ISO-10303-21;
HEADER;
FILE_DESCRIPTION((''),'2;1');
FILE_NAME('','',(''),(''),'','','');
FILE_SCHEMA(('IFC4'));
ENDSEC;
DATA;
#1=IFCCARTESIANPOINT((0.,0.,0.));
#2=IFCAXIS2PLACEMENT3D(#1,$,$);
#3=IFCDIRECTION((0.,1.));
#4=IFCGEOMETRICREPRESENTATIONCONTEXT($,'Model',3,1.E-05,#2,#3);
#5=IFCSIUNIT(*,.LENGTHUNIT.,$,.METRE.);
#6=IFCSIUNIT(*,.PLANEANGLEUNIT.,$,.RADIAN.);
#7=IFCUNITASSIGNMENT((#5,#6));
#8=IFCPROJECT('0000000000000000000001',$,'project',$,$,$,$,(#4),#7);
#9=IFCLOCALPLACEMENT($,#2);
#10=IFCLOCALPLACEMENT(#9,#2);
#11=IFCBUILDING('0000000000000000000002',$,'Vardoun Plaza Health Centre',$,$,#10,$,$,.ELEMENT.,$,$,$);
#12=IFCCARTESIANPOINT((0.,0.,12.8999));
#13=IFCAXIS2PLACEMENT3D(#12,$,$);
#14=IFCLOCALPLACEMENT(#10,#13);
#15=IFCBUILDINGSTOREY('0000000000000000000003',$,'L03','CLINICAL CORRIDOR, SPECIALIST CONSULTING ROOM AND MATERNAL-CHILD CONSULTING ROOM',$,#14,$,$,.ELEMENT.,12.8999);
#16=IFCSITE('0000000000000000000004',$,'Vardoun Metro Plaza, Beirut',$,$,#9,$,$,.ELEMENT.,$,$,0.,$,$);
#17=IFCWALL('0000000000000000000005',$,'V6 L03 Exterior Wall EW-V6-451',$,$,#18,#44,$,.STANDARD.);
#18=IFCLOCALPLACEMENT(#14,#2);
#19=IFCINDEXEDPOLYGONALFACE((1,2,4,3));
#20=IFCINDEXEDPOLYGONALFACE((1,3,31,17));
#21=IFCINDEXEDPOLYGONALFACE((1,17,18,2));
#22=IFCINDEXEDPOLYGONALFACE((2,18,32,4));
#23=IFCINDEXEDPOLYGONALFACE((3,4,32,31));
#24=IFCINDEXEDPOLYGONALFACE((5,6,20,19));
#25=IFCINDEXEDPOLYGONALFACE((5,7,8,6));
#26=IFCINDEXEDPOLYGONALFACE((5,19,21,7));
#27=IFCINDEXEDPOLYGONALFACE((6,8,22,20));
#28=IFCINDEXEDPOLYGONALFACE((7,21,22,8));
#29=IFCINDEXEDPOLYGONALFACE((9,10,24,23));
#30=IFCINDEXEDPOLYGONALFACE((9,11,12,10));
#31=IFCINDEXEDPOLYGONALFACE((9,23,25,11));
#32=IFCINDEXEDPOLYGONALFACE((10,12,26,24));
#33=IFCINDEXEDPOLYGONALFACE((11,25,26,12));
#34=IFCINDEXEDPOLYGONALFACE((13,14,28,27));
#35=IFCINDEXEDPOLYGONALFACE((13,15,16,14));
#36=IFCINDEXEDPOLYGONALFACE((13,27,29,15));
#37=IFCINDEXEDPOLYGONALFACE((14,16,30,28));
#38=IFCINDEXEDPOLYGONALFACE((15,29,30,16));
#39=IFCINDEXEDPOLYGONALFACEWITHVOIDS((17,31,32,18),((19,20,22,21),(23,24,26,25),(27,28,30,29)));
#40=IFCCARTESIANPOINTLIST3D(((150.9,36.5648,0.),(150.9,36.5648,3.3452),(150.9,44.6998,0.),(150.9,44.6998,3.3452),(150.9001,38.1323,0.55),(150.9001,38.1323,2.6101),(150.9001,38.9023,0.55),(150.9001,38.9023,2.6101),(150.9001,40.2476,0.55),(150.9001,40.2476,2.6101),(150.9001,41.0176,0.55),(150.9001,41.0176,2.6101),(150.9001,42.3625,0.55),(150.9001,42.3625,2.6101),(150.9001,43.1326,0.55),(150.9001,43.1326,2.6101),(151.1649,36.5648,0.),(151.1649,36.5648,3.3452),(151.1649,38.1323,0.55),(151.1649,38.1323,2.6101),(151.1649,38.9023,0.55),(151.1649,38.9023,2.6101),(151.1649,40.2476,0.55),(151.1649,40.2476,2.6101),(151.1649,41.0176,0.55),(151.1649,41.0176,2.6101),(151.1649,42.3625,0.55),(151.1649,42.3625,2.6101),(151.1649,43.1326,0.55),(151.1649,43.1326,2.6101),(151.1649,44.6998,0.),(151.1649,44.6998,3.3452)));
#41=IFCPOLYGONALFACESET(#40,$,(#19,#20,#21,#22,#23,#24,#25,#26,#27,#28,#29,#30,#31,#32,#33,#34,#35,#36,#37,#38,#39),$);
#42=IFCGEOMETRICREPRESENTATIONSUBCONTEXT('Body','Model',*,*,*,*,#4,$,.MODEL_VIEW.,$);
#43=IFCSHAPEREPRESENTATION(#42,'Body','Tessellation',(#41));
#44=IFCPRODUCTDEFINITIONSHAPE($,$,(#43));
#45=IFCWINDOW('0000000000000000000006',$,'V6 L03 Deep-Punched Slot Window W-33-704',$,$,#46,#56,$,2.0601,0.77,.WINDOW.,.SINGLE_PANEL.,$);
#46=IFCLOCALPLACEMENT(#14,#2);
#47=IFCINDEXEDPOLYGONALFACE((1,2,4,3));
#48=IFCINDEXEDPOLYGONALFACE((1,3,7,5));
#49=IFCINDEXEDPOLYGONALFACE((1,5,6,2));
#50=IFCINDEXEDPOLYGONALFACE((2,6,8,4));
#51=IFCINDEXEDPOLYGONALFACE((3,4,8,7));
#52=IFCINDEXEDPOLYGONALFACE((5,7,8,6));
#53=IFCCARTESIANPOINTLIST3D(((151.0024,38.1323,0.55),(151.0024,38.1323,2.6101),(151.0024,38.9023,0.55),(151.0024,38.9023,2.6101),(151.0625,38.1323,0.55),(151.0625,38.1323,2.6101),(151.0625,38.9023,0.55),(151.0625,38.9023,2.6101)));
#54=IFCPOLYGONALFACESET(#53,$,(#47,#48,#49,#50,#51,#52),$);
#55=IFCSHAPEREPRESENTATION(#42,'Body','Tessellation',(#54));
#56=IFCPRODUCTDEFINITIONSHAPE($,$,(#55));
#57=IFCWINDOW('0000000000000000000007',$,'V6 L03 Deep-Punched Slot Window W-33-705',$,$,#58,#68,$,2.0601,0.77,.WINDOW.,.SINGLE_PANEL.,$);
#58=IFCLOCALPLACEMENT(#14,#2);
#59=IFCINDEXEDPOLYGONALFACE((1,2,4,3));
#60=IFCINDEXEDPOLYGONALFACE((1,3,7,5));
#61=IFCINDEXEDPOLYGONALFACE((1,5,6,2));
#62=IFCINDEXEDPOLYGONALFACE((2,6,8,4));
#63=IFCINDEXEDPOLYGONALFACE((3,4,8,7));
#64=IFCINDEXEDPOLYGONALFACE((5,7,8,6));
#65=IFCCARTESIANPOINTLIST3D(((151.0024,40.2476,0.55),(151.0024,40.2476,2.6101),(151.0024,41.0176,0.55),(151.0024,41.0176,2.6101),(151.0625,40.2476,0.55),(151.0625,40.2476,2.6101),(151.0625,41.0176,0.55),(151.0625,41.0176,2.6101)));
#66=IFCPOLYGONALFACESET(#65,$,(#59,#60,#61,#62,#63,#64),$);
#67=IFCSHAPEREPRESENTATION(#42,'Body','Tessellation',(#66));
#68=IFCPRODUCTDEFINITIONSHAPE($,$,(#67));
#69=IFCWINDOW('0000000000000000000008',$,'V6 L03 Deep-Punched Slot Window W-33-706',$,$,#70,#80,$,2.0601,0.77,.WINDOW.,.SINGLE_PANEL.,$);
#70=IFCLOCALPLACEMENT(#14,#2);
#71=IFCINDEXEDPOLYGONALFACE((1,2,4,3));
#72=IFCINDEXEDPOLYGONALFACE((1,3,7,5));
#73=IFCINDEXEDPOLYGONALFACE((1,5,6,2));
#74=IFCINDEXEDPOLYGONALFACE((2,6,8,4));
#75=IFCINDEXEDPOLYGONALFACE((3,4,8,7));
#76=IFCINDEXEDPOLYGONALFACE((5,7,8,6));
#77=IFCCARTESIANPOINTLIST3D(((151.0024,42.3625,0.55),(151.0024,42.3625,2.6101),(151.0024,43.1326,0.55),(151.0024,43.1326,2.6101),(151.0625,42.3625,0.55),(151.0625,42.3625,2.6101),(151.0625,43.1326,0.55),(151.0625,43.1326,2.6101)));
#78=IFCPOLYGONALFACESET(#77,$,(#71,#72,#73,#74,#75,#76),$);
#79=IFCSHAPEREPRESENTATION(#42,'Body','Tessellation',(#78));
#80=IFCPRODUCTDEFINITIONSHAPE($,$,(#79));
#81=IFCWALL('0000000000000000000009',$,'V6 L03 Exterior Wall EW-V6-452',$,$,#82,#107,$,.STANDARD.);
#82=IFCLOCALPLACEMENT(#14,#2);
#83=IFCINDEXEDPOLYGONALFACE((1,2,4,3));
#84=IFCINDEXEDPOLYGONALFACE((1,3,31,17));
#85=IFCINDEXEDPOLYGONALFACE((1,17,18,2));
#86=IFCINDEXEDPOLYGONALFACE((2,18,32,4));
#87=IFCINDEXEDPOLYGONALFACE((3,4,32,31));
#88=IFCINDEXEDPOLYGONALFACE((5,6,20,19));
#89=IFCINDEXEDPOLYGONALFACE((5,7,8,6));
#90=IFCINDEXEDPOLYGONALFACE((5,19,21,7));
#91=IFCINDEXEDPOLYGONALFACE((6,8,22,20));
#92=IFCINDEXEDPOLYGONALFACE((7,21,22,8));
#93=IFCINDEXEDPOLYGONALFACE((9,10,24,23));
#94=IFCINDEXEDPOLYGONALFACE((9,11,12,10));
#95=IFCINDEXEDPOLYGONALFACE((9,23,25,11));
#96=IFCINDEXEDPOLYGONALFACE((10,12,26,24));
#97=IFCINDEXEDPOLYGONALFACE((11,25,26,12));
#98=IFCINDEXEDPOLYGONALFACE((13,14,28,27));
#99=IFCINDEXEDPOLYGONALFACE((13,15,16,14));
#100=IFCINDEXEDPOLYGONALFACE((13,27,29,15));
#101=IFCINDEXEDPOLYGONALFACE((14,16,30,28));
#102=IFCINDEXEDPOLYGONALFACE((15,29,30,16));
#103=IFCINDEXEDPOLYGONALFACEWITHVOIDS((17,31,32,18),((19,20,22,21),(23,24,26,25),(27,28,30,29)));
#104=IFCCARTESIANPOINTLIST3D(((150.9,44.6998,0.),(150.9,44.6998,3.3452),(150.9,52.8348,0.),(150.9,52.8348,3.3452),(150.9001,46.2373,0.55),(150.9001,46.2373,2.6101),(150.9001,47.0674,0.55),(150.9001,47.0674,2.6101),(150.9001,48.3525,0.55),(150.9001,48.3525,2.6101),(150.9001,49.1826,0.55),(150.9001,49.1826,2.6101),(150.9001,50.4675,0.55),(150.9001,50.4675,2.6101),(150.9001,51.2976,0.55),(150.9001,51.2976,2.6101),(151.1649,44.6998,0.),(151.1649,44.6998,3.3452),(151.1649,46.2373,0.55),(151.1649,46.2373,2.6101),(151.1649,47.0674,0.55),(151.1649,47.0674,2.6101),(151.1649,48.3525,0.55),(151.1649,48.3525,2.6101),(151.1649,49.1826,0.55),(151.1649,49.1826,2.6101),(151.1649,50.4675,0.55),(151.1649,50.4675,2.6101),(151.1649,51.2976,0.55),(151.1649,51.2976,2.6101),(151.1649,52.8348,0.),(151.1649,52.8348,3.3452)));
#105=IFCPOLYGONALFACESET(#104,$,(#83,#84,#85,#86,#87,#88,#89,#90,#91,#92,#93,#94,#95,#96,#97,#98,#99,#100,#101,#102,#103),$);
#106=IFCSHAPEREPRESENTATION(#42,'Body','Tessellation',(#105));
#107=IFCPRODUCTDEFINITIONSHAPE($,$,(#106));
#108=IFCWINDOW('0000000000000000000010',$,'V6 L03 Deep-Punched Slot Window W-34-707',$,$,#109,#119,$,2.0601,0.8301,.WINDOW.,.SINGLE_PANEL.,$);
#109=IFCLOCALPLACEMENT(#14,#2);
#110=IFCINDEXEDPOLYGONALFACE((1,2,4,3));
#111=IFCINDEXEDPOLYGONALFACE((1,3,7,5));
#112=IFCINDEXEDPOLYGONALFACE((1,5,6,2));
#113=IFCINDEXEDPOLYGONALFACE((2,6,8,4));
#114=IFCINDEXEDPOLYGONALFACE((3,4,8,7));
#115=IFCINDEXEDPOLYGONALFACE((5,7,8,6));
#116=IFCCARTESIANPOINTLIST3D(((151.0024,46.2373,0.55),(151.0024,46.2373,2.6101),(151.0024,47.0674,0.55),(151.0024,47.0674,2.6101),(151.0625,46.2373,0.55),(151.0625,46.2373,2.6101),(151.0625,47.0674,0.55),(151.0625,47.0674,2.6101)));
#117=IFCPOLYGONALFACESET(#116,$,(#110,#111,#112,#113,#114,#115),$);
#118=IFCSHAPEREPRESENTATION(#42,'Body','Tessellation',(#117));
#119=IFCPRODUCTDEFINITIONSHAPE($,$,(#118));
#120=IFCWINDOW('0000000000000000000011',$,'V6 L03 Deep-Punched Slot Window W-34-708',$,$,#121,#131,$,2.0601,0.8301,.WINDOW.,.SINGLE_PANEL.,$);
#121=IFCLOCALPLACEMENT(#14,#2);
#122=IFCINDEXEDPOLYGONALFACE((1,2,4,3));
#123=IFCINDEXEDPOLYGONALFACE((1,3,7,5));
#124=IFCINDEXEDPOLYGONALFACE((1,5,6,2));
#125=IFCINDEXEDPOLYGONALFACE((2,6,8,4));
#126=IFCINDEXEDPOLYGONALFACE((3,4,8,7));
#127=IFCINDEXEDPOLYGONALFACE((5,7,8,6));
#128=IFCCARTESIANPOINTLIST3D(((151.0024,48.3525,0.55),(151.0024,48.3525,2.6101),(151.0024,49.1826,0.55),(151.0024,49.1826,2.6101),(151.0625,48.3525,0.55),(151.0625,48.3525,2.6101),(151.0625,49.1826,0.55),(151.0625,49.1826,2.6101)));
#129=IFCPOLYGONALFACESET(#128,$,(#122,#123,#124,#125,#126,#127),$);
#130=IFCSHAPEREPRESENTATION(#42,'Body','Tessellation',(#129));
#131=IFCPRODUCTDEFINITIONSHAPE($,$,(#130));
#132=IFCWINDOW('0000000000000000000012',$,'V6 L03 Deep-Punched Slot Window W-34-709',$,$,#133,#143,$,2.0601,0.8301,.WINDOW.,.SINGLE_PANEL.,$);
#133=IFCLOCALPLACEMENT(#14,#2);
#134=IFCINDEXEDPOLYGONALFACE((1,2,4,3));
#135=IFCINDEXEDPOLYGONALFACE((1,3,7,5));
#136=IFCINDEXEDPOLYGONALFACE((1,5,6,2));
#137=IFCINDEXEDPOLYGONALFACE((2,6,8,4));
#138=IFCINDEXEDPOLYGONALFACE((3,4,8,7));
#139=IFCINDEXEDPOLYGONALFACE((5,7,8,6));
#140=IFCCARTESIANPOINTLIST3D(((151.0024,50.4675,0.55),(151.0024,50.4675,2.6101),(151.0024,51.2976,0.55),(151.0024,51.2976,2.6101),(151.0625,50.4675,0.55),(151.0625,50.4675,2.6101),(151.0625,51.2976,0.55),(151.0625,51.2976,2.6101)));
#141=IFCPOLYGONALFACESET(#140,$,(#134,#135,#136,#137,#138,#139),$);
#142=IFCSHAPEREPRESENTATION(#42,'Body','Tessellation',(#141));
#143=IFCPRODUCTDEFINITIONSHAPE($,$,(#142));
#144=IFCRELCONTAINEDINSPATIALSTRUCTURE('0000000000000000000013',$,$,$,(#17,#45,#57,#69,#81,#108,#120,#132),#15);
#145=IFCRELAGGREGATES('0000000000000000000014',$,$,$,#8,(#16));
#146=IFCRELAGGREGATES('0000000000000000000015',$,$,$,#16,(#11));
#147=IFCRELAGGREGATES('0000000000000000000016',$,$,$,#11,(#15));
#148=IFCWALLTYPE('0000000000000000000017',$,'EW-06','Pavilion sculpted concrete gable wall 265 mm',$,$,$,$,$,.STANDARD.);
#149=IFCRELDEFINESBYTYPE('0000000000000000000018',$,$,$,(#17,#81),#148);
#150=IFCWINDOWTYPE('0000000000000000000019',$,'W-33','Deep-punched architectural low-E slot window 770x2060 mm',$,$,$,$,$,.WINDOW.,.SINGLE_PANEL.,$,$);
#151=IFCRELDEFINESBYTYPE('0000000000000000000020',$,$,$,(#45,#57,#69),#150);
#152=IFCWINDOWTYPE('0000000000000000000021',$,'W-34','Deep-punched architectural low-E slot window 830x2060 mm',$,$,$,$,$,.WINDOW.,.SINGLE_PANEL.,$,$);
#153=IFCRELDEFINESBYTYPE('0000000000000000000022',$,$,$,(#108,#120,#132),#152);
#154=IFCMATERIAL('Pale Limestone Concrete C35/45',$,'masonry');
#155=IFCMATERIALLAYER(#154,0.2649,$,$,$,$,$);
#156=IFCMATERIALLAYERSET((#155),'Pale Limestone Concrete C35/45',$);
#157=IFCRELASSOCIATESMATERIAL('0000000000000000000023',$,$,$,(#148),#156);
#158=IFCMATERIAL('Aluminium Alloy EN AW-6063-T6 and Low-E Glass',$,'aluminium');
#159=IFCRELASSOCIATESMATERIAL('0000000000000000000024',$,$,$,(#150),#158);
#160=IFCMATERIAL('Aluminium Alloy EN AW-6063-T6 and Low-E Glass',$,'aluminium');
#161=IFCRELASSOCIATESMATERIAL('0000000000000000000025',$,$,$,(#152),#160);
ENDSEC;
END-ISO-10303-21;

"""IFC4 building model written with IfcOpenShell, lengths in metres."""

from ifc_helpers import new_model, si_unit, direction, frame, frame_2d, origin, place, context, subcontext, project, spatial, rectangle, extrude, material, layer, layer_set, type_object, element, fill, save


model = new_model("IFC4")

# Units and contexts
model_context = context("Model", 3, precision=1e-05, world=origin(), true_north=direction((0.0, 1.0)))
body_context = subcontext(model_context, "Body", "Model", "MODEL_VIEW")
ifc_project = project(units=[si_unit("LENGTHUNIT", "METRE"), si_unit("PLANEANGLEUNIT", "RADIAN")], contexts=[model_context])

# Site, building, storey
site_placement = place(None, origin())
site = spatial("IfcSite", under=ifc_project, at=site_placement, Name="Vardoun Metro Plaza, Beirut", CompositionType="ELEMENT", RefElevation=0.0)
building_placement = place(site_placement, origin())
building = spatial("IfcBuilding", under=site, at=building_placement, Name="Vardoun Plaza Health Centre", CompositionType="ELEMENT")
storey_placement = place(building_placement, frame((0.0, 0.0, 12.8999)))
storey = spatial("IfcBuildingStorey", under=building, at=storey_placement, Name="L03", Description="CLINICAL CORRIDOR, SPECIALIST CONSULTING ROOM AND MATERNAL-CHILD CONSULTING ROOM", CompositionType="ELEMENT", Elevation=12.8999)

# Walls, openings, windows
ifc_material_1 = material(Name="Pale Limestone Concrete C35/45", Category="masonry")
ifc_layer_1 = layer(ifc_material_1, 0.2649)
ifc_layer_set_1 = layer_set([ifc_layer_1], Name="Pale Limestone Concrete C35/45")
wall_type_1 = type_object("IfcWallType", Name="EW-06", Description="Pavilion sculpted concrete gable wall 265 mm", PredefinedType="STANDARD", material=ifc_layer_set_1)
wall_1_placement = place(storey_placement, frame((151.0325, 36.5649, 0.0), z_axis=(0.0, 0.0, 1.0), x_axis=(0.0, 1.0, 0.0)))
wall_1 = element("IfcWall", 1, at=wall_1_placement, inside=storey, type_object=wall_type_1, Name="V6 L03 Exterior Wall EW-V6-451", PredefinedType="STANDARD", context=body_context, shape_type="SweptSolid", body=[
    extrude(rectangle(XDim=8.135, YDim=0.2649, at=frame_2d((4.0674, 0.0))), origin(), (0.0, 0.0, 1.0), 3.3452),
])
opening_1_placement = place(wall_1_placement, frame((1.5674, 0.0, 0.55)))
opening_1 = element("IfcOpeningElement", 2, at=opening_1_placement, cuts=wall_1, PredefinedType="OPENING", context=body_context, shape_type="SweptSolid", body=[
    extrude(rectangle(XDim=0.77, YDim=2.0601, at=frame_2d((0.385, 1.03))), frame((0.0, 0.1323, 0.0), z_axis=(0.0, -1.0, 0.0), x_axis=(1.0, 0.0, 0.0)), (0.0, 0.0, 1.0), 0.2649),
])
opening_2_placement = place(wall_1_placement, frame((3.6826, 0.0, 0.55)))
opening_2 = element("IfcOpeningElement", 3, at=opening_2_placement, cuts=wall_1, PredefinedType="OPENING", context=body_context, shape_type="SweptSolid", body=[
    extrude(rectangle(XDim=0.77, YDim=2.0601, at=frame_2d((0.385, 1.03))), frame((0.0, 0.1323, 0.0), z_axis=(0.0, -1.0, 0.0), x_axis=(1.0, 0.0, 0.0)), (0.0, 0.0, 1.0), 0.2649),
])
opening_3_placement = place(wall_1_placement, frame((5.7976, 0.0, 0.55)))
opening_3 = element("IfcOpeningElement", 4, at=opening_3_placement, cuts=wall_1, PredefinedType="OPENING", context=body_context, shape_type="SweptSolid", body=[
    extrude(rectangle(XDim=0.77, YDim=2.0601, at=frame_2d((0.385, 1.03))), frame((0.0, 0.1323, 0.0), z_axis=(0.0, -1.0, 0.0), x_axis=(1.0, 0.0, 0.0)), (0.0, 0.0, 1.0), 0.2649),
])
ifc_material_2 = material(Name="Aluminium Alloy EN AW-6063-T6 and Low-E Glass", Category="aluminium")
window_type_1 = type_object("IfcWindowType", Name="W-33", Description="Deep-punched architectural low-E slot window 770x2060 mm", PartitioningType="SINGLE_PANEL", PredefinedType="WINDOW", material=ifc_material_2)
window_1_placement = place(opening_1_placement, origin())
window_1 = element("IfcWindow", 5, at=window_1_placement, inside=storey, type_object=window_type_1, Name="V6 L03 Deep-Punched Slot Window W-33-704", OverallHeight=2.0601, OverallWidth=0.77, PartitioningType="SINGLE_PANEL", PredefinedType="WINDOW", context=body_context, shape_type="SweptSolid", body=[
    extrude(rectangle(XDim=0.77, YDim=2.0601, at=frame_2d((0.385, 1.03))), frame((0.0, 0.03, 0.0), z_axis=(0.0, -1.0, 0.0), x_axis=(1.0, 0.0, 0.0)), (0.0, 0.0, 1.0), 0.0601),
])
fill(opening_1, window_1)
window_2_placement = place(opening_2_placement, origin())
window_2 = element("IfcWindow", 6, at=window_2_placement, inside=storey, type_object=window_type_1, Name="V6 L03 Deep-Punched Slot Window W-33-705", OverallHeight=2.0601, OverallWidth=0.77, PartitioningType="SINGLE_PANEL", PredefinedType="WINDOW", context=body_context, shape_type="SweptSolid", body=[
    extrude(rectangle(XDim=0.77, YDim=2.0601, at=frame_2d((0.385, 1.03))), frame((0.0, 0.03, 0.0), z_axis=(0.0, -1.0, 0.0), x_axis=(1.0, 0.0, 0.0)), (0.0, 0.0, 1.0), 0.0601),
])
fill(opening_2, window_2)
window_3_placement = place(opening_3_placement, origin())
window_3 = element("IfcWindow", 7, at=window_3_placement, inside=storey, type_object=window_type_1, Name="V6 L03 Deep-Punched Slot Window W-33-706", OverallHeight=2.0601, OverallWidth=0.77, PartitioningType="SINGLE_PANEL", PredefinedType="WINDOW", context=body_context, shape_type="SweptSolid", body=[
    extrude(rectangle(XDim=0.77, YDim=2.0601, at=frame_2d((0.385, 1.03))), frame((0.0, 0.03, 0.0), z_axis=(0.0, -1.0, 0.0), x_axis=(1.0, 0.0, 0.0)), (0.0, 0.0, 1.0), 0.0601),
])
fill(opening_3, window_3)
wall_2_placement = place(storey_placement, frame((151.0325, 44.7, 0.0), z_axis=(0.0, 0.0, 1.0), x_axis=(0.0, 1.0, 0.0)))
wall_2 = element("IfcWall", 8, at=wall_2_placement, inside=storey, type_object=wall_type_1, Name="V6 L03 Exterior Wall EW-V6-452", PredefinedType="STANDARD", context=body_context, shape_type="SweptSolid", body=[
    extrude(rectangle(XDim=8.135, YDim=0.2649, at=frame_2d((4.0674, 0.0))), origin(), (0.0, 0.0, 1.0), 3.3452),
])
opening_4_placement = place(wall_2_placement, frame((1.5374, 0.0, 0.55)))
opening_4 = element("IfcOpeningElement", 9, at=opening_4_placement, cuts=wall_2, PredefinedType="OPENING", context=body_context, shape_type="SweptSolid", body=[
    extrude(rectangle(XDim=0.8301, YDim=2.0601, at=frame_2d((0.415, 1.03))), frame((0.0, 0.1323, 0.0), z_axis=(0.0, -1.0, 0.0), x_axis=(1.0, 0.0, 0.0)), (0.0, 0.0, 1.0), 0.2649),
])
opening_5_placement = place(wall_2_placement, frame((3.6526, 0.0, 0.55)))
opening_5 = element("IfcOpeningElement", 10, at=opening_5_placement, cuts=wall_2, PredefinedType="OPENING", context=body_context, shape_type="SweptSolid", body=[
    extrude(rectangle(XDim=0.8301, YDim=2.0601, at=frame_2d((0.415, 1.03))), frame((0.0, 0.1323, 0.0), z_axis=(0.0, -1.0, 0.0), x_axis=(1.0, 0.0, 0.0)), (0.0, 0.0, 1.0), 0.2649),
])
opening_6_placement = place(wall_2_placement, frame((5.7676, 0.0, 0.55)))
opening_6 = element("IfcOpeningElement", 11, at=opening_6_placement, cuts=wall_2, PredefinedType="OPENING", context=body_context, shape_type="SweptSolid", body=[
    extrude(rectangle(XDim=0.8301, YDim=2.0601, at=frame_2d((0.415, 1.03))), frame((0.0, 0.1323, 0.0), z_axis=(0.0, -1.0, 0.0), x_axis=(1.0, 0.0, 0.0)), (0.0, 0.0, 1.0), 0.2649),
])
ifc_material_3 = material(Name="Aluminium Alloy EN AW-6063-T6 and Low-E Glass", Category="aluminium")
window_type_2 = type_object("IfcWindowType", Name="W-34", Description="Deep-punched architectural low-E slot window 830x2060 mm", PartitioningType="SINGLE_PANEL", PredefinedType="WINDOW", material=ifc_material_3)
window_4_placement = place(opening_4_placement, origin())
window_4 = element("IfcWindow", 12, at=window_4_placement, inside=storey, type_object=window_type_2, Name="V6 L03 Deep-Punched Slot Window W-34-707", OverallHeight=2.0601, OverallWidth=0.8301, PartitioningType="SINGLE_PANEL", PredefinedType="WINDOW", context=body_context, shape_type="SweptSolid", body=[
    extrude(rectangle(XDim=0.8301, YDim=2.0601, at=frame_2d((0.415, 1.03))), frame((0.0, 0.03, 0.0), z_axis=(0.0, -1.0, 0.0), x_axis=(1.0, 0.0, 0.0)), (0.0, 0.0, 1.0), 0.0601),
])
fill(opening_4, window_4)
window_5_placement = place(opening_5_placement, origin())
window_5 = element("IfcWindow", 13, at=window_5_placement, inside=storey, type_object=window_type_2, Name="V6 L03 Deep-Punched Slot Window W-34-708", OverallHeight=2.0601, OverallWidth=0.8301, PartitioningType="SINGLE_PANEL", PredefinedType="WINDOW", context=body_context, shape_type="SweptSolid", body=[
    extrude(rectangle(XDim=0.8301, YDim=2.0601, at=frame_2d((0.415, 1.03))), frame((0.0, 0.03, 0.0), z_axis=(0.0, -1.0, 0.0), x_axis=(1.0, 0.0, 0.0)), (0.0, 0.0, 1.0), 0.0601),
])
fill(opening_5, window_5)
window_6_placement = place(opening_6_placement, origin())
window_6 = element("IfcWindow", 14, at=window_6_placement, inside=storey, type_object=window_type_2, Name="V6 L03 Deep-Punched Slot Window W-34-709", OverallHeight=2.0601, OverallWidth=0.8301, PartitioningType="SINGLE_PANEL", PredefinedType="WINDOW", context=body_context, shape_type="SweptSolid", body=[
    extrude(rectangle(XDim=0.8301, YDim=2.0601, at=frame_2d((0.415, 1.03))), frame((0.0, 0.03, 0.0), z_axis=(0.0, -1.0, 0.0), x_axis=(1.0, 0.0, 0.0)), (0.0, 0.0, 1.0), 0.0601),
])
fill(opening_6, window_6)

save(model, "model.ifc")
